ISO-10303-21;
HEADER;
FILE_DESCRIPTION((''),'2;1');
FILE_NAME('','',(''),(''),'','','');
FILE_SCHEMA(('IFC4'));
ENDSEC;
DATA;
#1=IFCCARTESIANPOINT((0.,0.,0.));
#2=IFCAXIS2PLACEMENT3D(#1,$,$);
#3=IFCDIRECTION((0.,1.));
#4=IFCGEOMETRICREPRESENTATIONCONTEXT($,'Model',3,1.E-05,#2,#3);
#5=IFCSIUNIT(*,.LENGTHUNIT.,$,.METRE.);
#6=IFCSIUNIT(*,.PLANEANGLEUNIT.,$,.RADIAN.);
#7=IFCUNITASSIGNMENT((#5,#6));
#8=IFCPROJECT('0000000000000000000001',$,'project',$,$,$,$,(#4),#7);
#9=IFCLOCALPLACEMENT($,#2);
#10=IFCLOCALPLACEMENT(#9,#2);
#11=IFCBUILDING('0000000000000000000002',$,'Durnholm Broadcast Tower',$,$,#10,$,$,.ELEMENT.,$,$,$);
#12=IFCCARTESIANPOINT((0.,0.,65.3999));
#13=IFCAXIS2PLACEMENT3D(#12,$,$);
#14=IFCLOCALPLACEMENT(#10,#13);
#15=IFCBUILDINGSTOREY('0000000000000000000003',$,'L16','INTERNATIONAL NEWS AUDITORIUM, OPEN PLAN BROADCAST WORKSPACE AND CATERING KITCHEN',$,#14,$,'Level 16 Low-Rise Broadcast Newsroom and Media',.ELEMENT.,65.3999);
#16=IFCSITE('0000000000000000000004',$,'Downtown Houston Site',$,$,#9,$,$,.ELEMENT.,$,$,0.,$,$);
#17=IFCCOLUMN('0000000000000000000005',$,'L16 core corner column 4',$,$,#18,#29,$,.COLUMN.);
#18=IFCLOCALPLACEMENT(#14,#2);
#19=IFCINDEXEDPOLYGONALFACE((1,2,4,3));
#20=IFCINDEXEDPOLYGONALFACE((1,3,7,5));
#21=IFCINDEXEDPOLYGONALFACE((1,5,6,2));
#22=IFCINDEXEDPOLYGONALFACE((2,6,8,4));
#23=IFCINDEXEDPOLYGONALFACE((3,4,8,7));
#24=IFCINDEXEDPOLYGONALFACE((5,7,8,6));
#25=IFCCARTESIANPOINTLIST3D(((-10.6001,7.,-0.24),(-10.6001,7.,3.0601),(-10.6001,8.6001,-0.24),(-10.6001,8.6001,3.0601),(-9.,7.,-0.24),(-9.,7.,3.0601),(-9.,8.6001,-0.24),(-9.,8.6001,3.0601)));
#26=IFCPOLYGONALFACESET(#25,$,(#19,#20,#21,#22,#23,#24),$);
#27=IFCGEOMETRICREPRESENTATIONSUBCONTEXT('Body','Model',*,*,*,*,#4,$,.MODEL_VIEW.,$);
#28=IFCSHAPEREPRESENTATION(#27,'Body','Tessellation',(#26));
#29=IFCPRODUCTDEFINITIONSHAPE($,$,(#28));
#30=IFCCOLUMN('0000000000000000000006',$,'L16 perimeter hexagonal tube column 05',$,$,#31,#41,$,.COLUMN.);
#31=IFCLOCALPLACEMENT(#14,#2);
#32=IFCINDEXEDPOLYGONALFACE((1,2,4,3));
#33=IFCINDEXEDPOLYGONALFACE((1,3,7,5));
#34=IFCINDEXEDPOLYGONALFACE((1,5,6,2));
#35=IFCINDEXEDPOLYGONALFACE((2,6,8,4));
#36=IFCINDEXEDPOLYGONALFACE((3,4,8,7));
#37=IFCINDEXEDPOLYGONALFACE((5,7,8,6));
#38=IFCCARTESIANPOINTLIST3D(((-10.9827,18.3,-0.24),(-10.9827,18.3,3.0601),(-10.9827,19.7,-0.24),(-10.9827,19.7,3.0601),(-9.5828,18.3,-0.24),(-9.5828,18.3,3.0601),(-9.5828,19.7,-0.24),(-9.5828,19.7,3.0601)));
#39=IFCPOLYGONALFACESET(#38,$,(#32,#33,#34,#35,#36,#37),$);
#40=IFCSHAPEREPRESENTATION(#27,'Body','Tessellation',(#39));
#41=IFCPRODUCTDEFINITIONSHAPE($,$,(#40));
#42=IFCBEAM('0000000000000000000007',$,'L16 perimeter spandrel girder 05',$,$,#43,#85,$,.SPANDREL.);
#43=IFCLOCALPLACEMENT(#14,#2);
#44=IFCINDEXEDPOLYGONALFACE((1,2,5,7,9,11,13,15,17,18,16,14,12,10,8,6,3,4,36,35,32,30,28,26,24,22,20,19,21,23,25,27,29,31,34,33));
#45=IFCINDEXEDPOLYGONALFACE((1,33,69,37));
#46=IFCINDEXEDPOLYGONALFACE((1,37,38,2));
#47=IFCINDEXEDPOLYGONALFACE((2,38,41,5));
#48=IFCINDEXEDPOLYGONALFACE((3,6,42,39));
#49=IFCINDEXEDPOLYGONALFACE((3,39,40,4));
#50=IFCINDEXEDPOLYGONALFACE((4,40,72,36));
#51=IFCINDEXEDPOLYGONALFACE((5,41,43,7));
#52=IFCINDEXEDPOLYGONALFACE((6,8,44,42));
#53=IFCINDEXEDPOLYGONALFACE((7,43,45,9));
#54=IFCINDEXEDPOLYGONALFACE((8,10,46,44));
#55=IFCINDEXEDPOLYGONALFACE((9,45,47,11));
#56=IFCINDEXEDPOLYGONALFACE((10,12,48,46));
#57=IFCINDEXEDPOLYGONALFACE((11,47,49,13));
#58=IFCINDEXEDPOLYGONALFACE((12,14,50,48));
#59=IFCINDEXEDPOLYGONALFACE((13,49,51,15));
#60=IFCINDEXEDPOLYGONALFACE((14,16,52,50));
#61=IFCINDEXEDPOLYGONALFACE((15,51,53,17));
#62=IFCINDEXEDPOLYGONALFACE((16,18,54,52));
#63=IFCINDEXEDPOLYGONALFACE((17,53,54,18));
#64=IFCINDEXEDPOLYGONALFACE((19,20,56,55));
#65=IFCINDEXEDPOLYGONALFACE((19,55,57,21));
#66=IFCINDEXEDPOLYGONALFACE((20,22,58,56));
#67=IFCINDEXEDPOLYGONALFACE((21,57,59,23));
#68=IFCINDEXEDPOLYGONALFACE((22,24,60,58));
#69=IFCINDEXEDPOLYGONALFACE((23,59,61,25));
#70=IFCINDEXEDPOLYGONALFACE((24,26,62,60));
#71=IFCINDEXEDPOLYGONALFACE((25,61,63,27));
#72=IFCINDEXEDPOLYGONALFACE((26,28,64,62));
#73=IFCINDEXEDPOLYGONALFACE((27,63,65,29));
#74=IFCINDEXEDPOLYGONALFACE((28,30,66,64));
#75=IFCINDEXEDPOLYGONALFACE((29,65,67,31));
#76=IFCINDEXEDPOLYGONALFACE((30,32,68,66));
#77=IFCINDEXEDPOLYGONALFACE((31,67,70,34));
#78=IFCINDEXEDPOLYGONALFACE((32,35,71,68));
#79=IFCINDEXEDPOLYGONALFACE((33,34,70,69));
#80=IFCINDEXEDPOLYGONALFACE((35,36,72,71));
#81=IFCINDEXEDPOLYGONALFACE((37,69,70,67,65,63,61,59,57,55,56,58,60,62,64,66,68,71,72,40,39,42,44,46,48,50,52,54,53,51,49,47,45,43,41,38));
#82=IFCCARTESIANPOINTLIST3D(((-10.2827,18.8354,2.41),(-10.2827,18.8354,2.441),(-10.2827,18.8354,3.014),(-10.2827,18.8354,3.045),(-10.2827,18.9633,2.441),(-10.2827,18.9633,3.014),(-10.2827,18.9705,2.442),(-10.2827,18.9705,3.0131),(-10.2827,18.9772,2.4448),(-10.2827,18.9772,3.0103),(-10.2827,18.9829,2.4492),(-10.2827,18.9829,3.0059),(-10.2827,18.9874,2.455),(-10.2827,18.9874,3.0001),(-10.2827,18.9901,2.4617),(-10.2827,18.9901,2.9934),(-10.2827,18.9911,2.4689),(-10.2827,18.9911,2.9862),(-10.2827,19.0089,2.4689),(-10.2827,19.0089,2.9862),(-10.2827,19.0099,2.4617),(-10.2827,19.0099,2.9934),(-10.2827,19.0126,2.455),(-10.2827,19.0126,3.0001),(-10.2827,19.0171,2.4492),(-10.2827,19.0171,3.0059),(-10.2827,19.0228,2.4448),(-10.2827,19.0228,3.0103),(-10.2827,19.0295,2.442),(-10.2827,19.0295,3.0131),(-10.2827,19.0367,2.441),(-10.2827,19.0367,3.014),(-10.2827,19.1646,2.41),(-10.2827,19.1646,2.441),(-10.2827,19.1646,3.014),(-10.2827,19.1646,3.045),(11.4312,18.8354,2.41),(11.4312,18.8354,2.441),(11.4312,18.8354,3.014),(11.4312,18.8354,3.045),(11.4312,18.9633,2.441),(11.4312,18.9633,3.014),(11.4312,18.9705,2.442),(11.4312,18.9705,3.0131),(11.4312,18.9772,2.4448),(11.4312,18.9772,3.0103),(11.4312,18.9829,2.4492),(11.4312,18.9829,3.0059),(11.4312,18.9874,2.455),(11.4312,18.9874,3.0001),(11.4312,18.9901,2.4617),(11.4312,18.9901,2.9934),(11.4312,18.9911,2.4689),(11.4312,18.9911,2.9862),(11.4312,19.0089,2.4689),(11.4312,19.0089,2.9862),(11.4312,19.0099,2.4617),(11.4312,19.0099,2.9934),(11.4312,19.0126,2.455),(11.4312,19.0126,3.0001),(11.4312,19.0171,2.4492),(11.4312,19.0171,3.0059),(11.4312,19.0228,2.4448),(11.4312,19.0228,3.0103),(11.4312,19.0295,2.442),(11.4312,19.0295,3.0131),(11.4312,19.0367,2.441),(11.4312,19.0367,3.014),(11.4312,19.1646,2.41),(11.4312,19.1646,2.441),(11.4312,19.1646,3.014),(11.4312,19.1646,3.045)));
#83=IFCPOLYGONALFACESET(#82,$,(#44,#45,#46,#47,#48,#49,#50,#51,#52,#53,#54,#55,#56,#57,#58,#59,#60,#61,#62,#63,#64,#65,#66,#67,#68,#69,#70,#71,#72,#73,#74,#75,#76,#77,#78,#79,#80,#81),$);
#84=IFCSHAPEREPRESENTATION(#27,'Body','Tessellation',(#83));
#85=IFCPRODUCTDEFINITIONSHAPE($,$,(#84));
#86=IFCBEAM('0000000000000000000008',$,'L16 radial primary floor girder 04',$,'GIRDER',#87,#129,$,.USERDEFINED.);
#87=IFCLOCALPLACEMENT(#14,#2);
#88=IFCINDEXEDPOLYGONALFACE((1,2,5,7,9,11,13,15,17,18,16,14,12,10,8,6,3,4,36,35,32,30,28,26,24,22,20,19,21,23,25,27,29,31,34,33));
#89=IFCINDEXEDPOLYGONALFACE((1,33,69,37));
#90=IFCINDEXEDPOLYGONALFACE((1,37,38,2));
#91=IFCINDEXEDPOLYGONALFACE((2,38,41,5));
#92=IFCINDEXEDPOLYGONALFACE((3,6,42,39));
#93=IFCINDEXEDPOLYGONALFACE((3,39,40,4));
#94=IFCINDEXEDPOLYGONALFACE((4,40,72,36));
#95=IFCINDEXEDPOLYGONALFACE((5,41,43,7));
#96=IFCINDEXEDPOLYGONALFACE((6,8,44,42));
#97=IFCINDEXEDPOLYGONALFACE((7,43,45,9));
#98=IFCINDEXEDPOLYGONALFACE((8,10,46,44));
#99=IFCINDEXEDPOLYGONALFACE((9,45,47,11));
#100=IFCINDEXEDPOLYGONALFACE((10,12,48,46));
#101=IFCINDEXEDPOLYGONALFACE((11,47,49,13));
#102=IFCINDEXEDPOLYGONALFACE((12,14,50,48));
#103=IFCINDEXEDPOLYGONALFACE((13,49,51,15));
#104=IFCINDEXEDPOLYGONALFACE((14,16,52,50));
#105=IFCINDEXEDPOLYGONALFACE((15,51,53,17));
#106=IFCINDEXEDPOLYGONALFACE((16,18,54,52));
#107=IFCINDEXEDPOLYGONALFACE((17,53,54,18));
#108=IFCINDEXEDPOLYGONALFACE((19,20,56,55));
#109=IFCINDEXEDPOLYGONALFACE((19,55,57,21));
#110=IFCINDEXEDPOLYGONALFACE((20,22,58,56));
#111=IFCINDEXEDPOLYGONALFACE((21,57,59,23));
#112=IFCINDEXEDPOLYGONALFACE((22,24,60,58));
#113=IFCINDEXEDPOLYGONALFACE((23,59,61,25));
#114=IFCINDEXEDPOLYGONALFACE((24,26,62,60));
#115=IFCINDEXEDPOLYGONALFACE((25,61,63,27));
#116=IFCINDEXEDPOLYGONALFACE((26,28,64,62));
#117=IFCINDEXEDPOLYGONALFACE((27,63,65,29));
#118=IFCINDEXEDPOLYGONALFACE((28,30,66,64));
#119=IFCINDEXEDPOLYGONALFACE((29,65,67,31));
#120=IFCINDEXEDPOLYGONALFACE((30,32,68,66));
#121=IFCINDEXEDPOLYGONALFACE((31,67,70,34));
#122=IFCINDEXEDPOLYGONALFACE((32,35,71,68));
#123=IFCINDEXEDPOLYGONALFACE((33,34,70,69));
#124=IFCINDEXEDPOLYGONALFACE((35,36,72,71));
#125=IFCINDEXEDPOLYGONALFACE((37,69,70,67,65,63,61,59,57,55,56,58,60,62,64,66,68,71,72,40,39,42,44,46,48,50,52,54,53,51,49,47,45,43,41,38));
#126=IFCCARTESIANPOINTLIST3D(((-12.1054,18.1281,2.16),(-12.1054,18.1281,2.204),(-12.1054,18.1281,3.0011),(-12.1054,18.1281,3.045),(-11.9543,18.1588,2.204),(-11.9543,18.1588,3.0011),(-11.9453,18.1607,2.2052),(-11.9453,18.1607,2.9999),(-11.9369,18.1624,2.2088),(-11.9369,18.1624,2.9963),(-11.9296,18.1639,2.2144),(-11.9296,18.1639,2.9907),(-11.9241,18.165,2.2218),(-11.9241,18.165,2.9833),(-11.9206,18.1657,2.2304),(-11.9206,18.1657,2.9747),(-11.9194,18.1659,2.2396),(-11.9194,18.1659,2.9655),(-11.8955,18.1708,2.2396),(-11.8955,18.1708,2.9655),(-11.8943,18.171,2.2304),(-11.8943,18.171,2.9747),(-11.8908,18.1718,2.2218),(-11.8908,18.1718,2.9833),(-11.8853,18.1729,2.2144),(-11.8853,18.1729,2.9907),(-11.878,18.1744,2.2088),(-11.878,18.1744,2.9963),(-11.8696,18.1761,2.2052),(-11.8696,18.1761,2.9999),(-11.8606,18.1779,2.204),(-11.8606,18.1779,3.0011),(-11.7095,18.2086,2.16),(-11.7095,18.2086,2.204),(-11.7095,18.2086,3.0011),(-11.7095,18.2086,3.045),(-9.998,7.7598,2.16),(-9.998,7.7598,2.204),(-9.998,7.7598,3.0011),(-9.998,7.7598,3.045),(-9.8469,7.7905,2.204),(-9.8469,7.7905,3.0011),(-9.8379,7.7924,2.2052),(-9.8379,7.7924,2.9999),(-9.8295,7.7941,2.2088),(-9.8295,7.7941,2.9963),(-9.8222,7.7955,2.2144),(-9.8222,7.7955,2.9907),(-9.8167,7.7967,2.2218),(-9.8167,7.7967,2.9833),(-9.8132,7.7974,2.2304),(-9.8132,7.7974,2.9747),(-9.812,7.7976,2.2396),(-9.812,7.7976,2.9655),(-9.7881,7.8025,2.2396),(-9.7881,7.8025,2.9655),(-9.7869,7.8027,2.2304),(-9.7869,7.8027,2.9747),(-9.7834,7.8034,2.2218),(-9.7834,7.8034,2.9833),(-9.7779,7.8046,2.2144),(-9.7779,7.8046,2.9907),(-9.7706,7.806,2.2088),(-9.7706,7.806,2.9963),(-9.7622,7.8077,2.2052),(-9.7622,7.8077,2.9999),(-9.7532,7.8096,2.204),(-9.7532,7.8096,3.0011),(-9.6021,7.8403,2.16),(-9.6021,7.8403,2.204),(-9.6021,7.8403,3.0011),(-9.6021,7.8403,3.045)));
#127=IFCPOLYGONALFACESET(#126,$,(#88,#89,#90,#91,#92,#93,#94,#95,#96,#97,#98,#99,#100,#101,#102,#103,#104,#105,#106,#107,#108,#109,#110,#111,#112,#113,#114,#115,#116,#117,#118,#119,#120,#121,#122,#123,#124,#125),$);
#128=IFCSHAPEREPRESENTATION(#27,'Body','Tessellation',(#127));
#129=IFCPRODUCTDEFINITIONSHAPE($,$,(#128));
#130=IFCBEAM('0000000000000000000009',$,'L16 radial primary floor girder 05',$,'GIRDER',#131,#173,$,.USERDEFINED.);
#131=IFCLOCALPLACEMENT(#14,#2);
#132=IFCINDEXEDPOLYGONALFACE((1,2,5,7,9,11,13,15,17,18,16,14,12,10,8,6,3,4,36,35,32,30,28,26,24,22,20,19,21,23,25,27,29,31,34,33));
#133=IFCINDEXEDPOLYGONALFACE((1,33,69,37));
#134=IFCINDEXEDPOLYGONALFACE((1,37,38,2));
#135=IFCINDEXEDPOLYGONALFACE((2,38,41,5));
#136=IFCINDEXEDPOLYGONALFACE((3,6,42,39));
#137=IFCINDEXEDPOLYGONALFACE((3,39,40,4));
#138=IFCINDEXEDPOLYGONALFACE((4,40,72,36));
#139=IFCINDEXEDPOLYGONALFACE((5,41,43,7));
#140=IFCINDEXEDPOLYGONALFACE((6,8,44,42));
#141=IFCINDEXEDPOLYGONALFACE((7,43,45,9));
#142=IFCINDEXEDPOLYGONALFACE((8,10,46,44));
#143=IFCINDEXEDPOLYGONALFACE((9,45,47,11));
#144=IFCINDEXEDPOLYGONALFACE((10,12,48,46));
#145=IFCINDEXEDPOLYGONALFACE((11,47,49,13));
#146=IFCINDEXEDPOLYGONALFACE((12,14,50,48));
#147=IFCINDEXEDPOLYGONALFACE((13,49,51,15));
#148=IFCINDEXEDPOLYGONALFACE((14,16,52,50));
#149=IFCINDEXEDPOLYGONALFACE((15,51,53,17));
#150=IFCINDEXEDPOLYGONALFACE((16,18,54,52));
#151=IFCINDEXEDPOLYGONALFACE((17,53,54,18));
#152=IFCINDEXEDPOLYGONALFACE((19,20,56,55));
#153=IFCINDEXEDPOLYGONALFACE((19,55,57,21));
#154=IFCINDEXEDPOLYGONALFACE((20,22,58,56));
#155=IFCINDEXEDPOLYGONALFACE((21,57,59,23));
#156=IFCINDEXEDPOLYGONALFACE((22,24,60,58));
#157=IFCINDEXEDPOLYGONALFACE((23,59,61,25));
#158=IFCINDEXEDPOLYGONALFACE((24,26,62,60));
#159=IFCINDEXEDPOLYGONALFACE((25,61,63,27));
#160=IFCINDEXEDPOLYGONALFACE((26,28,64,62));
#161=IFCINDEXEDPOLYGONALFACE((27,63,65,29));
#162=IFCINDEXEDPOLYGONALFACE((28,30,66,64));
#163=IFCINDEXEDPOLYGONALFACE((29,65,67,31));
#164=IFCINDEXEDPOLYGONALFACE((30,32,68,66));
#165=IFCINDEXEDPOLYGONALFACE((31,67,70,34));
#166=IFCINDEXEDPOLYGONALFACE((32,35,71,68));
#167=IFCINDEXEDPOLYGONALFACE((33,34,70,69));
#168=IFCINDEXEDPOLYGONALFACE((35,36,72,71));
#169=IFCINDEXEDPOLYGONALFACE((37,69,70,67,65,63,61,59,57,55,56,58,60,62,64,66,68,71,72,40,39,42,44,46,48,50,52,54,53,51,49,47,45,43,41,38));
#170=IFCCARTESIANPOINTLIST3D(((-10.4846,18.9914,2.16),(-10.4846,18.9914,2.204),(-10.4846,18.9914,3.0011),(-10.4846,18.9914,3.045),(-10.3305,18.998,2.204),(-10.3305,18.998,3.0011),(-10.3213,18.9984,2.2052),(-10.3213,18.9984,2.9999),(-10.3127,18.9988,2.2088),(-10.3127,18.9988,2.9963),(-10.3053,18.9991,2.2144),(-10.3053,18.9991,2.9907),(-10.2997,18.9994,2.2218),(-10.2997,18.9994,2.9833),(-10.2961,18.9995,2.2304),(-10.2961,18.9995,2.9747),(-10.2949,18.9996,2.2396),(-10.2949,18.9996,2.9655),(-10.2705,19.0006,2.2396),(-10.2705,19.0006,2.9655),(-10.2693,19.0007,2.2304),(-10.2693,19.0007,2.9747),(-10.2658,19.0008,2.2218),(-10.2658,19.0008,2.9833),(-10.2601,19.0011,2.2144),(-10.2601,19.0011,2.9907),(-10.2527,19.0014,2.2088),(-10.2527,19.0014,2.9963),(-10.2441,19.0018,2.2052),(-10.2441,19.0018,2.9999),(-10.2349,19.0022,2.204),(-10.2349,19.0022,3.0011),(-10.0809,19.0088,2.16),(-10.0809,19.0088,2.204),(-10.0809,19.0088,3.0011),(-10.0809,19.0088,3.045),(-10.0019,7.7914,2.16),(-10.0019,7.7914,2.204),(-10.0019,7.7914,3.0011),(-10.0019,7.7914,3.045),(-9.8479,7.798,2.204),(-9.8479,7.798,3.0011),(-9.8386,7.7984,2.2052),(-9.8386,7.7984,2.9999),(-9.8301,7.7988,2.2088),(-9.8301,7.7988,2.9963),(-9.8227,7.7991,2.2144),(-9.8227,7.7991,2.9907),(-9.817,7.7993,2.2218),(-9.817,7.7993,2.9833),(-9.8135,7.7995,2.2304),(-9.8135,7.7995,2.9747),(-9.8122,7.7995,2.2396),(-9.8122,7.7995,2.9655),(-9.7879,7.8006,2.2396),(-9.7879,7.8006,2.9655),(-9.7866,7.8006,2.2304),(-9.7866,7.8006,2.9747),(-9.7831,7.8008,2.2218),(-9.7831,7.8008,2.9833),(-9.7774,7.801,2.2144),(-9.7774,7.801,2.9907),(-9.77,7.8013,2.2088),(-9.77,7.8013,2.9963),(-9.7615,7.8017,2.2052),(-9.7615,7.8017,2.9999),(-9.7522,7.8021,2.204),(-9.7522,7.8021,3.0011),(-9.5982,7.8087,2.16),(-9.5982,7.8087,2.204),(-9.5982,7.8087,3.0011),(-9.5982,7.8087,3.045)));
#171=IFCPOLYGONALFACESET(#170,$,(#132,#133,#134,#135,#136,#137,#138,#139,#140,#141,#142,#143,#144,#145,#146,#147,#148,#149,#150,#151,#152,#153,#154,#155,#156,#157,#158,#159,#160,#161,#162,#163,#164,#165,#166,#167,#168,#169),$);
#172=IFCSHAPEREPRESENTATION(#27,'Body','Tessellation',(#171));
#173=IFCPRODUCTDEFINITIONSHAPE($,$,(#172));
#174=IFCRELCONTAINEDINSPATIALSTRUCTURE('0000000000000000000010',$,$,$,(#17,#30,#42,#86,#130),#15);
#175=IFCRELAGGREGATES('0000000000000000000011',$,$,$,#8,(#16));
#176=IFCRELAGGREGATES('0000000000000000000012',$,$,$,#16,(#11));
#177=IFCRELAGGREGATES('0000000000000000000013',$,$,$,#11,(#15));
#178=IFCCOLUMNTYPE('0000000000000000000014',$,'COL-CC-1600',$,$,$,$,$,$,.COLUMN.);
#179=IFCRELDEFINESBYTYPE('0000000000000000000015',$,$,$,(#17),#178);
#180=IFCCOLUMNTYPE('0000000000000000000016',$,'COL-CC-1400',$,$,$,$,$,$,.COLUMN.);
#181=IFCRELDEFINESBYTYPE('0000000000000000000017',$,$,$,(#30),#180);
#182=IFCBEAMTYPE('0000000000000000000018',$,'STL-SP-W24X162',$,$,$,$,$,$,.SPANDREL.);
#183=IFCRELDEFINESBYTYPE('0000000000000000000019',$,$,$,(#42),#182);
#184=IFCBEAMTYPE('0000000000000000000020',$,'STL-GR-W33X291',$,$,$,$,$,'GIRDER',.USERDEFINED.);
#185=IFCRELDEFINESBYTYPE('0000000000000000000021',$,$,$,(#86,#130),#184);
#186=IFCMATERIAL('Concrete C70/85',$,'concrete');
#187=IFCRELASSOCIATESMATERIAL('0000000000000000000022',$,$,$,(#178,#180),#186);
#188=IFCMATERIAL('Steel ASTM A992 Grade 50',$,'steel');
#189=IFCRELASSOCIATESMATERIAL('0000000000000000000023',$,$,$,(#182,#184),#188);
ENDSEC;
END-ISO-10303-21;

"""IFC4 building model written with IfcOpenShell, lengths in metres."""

from ifc_helpers import new_model, si_unit, direction, frame, origin, origin_2d, place, context, subcontext, project, spatial, rectangle, i_section, extrude, source, transform, mapped, material, material_profile, profile_set, type_object, type_shapes, element, save


model = new_model("IFC4")

# Units and contexts
model_context = context("Model", 3, precision=1e-05, world=origin(), true_north=direction((0.0, 1.0)))
body_context = subcontext(model_context, "Body", "Model", "MODEL_VIEW")
ifc_project = project(units=[si_unit("LENGTHUNIT", "METRE"), si_unit("PLANEANGLEUNIT", "RADIAN")], contexts=[model_context])

# Site, building, storey
site_placement = place(None, origin())
site = spatial("IfcSite", under=ifc_project, at=site_placement, Name="Downtown Houston Site", CompositionType="ELEMENT", RefElevation=0.0)
building_placement = place(site_placement, origin())
building = spatial("IfcBuilding", under=site, at=building_placement, Name="Durnholm Broadcast Tower", CompositionType="ELEMENT")
storey_placement = place(building_placement, frame((0.0, 0.0, 65.3999)))
storey = spatial("IfcBuildingStorey", under=building, at=storey_placement, Name="L16", Description="INTERNATIONAL NEWS AUDITORIUM, OPEN PLAN BROADCAST WORKSPACE AND CATERING KITCHEN", LongName="Level 16 Low-Rise Broadcast Newsroom and Media", CompositionType="ELEMENT", Elevation=65.3999)

# Columns
ifc_material_1 = material(Name="Concrete C70/85", Category="concrete")
ifc_material_profile_1 = material_profile(ifc_material_1, rectangle(XDim=1.6001, YDim=1.6001, at=origin_2d()), Name="RC1600X1600")
ifc_profile_set_1 = profile_set([ifc_material_profile_1], Name="Concrete C70/85")
column_type_1 = type_object("IfcColumnType", Name="COL-CC-1600", PredefinedType="COLUMN", material=ifc_profile_set_1)
shared_shape_1 = source(origin(), body_context, "Body", "SweptSolid", [
    extrude(rectangle(XDim=1.6001, YDim=1.6001, at=origin_2d()), origin(), (0.0, 0.0, 1.0), 3.3),
])
type_shapes(column_type_1, [shared_shape_1])
column_1_placement = place(storey_placement, frame((-9.8, 7.8, -0.24), z_axis=(0.0, 0.0, 1.0), x_axis=(1.0, 0.0, 0.0)))
element("IfcColumn", 1, at=column_1_placement, inside=storey, type_object=column_type_1, Name="L16 core corner column 4", PredefinedType="COLUMN", context=body_context, shape_type="MappedRepresentation", body=[
    mapped(shared_shape_1, transform((0.0, 0.0, 0.0), x_axis=(1.0, 0.0, 0.0), y_axis=(0.0, 1.0, 0.0), z_axis=(0.0, 0.0, 1.0), scale=1.0)),
])
ifc_material_profile_2 = material_profile(ifc_material_1, rectangle(XDim=1.3999, YDim=1.3999, at=origin_2d()), Name="RC1400X1400")
ifc_profile_set_2 = profile_set([ifc_material_profile_2], Name="Concrete C70/85")
column_type_2 = type_object("IfcColumnType", Name="COL-CC-1400", PredefinedType="COLUMN", material=ifc_profile_set_2)
shared_shape_2 = source(origin(), body_context, "Body", "SweptSolid", [
    extrude(rectangle(XDim=1.3999, YDim=1.3999, at=origin_2d()), origin(), (0.0, 0.0, 1.0), 3.3),
])
type_shapes(column_type_2, [shared_shape_2])
column_2_placement = place(storey_placement, frame((-10.2827, 19.0, -0.24), z_axis=(0.0, 0.0, 1.0), x_axis=(1.0, 0.0, 0.0)))
element("IfcColumn", 2, at=column_2_placement, inside=storey, type_object=column_type_2, Name="L16 perimeter hexagonal tube column 05", PredefinedType="COLUMN", context=body_context, shape_type="MappedRepresentation", body=[
    mapped(shared_shape_2, transform((0.0, 0.0, 0.0), x_axis=(1.0, 0.0, 0.0), y_axis=(0.0, 1.0, 0.0), z_axis=(0.0, 0.0, 1.0), scale=1.0)),
])

# Beams
ifc_material_2 = material(Name="Steel ASTM A992 Grade 50", Category="steel")
ifc_material_profile_3 = material_profile(ifc_material_2, i_section(OverallWidth=0.3291, OverallDepth=0.635, WebThickness=0.0178, FlangeThickness=0.031, FilletRadius=0.0278, at=origin_2d()), Name="W24X162")
ifc_profile_set_3 = profile_set([ifc_material_profile_3], Name="Steel ASTM A992 Grade 50")
beam_type_1 = type_object("IfcBeamType", Name="STL-SP-W24X162", PredefinedType="SPANDREL", material=ifc_profile_set_3)
shared_shape_3 = source(origin(), body_context, "Body", "SweptSolid", [
    extrude(i_section(OverallWidth=0.3291, OverallDepth=0.635, WebThickness=0.0178, FlangeThickness=0.031, FilletRadius=0.0278, at=origin_2d()), origin(), (0.0, 0.0, 1.0), 21.7139),
])
type_shapes(beam_type_1, [shared_shape_3])
beam_1_placement = place(storey_placement, frame((-10.2827, 19.0, 2.7275), z_axis=(1.0, 0.0, 0.0), x_axis=(0.0, 1.0, 0.0)))
element("IfcBeam", 3, at=beam_1_placement, inside=storey, type_object=beam_type_1, Name="L16 perimeter spandrel girder 05", PredefinedType="SPANDREL", context=body_context, shape_type="MappedRepresentation", body=[
    mapped(shared_shape_3, transform((0.0, 0.0, 0.0), x_axis=(1.0, 0.0, 0.0), y_axis=(0.0, 1.0, 0.0), z_axis=(0.0, 0.0, 1.0), scale=1.0)),
])
ifc_material_profile_4 = material_profile(ifc_material_2, i_section(OverallWidth=0.4041, OverallDepth=0.885, WebThickness=0.0244, FlangeThickness=0.0439, FilletRadius=0.0356, at=origin_2d()), Name="W33X291")
ifc_profile_set_4 = profile_set([ifc_material_profile_4], Name="Steel ASTM A992 Grade 50")
beam_type_2 = type_object("IfcBeamType", Name="STL-GR-W33X291", ElementType="GIRDER", PredefinedType="USERDEFINED", material=ifc_profile_set_4)
shared_shape_4 = source(origin(), body_context, "Body", "SweptSolid", [
    extrude(i_section(OverallWidth=0.4041, OverallDepth=0.885, WebThickness=0.0244, FlangeThickness=0.0439, FilletRadius=0.0356, at=origin_2d()), origin(), (0.0, 0.0, 1.0), 10.5803),
])
beam_2_placement = place(storey_placement, frame((-9.8, 7.8, 2.6025), z_axis=(-0.199181, 0.979963, 0.0), x_axis=(-0.979963, -0.199181, 0.0)))
element("IfcBeam", 4, at=beam_2_placement, inside=storey, type_object=beam_type_2, Name="L16 radial primary floor girder 04", ObjectType="GIRDER", PredefinedType="USERDEFINED", context=body_context, shape_type="MappedRepresentation", body=[
    mapped(shared_shape_4, transform((0.0, 0.0, 0.0), x_axis=(1.0, 0.0, 0.0), y_axis=(0.0, 1.0, 0.0), z_axis=(0.0, 0.0, 1.0), scale=1.0)),
])
shared_shape_5 = source(origin(), body_context, "Body", "SweptSolid", [
    extrude(i_section(OverallWidth=0.4041, OverallDepth=0.885, WebThickness=0.0244, FlangeThickness=0.0439, FilletRadius=0.0356, at=origin_2d()), origin(), (0.0, 0.0, 1.0), 11.2104),
])
type_shapes(beam_type_2, [shared_shape_4, shared_shape_5])
beam_3_placement = place(storey_placement, frame((-9.8, 7.8, 2.6025), z_axis=(-0.043055, 0.999073, 0.0), x_axis=(-0.999073, -0.043055, 0.0)))
element("IfcBeam", 5, at=beam_3_placement, inside=storey, type_object=beam_type_2, Name="L16 radial primary floor girder 05", ObjectType="GIRDER", PredefinedType="USERDEFINED", context=body_context, shape_type="MappedRepresentation", body=[
    mapped(shared_shape_5, transform((0.0, 0.0, 0.0), x_axis=(1.0, 0.0, 0.0), y_axis=(0.0, 1.0, 0.0), z_axis=(0.0, 0.0, 1.0), scale=1.0)),
])

save(model, "model.ifc")
